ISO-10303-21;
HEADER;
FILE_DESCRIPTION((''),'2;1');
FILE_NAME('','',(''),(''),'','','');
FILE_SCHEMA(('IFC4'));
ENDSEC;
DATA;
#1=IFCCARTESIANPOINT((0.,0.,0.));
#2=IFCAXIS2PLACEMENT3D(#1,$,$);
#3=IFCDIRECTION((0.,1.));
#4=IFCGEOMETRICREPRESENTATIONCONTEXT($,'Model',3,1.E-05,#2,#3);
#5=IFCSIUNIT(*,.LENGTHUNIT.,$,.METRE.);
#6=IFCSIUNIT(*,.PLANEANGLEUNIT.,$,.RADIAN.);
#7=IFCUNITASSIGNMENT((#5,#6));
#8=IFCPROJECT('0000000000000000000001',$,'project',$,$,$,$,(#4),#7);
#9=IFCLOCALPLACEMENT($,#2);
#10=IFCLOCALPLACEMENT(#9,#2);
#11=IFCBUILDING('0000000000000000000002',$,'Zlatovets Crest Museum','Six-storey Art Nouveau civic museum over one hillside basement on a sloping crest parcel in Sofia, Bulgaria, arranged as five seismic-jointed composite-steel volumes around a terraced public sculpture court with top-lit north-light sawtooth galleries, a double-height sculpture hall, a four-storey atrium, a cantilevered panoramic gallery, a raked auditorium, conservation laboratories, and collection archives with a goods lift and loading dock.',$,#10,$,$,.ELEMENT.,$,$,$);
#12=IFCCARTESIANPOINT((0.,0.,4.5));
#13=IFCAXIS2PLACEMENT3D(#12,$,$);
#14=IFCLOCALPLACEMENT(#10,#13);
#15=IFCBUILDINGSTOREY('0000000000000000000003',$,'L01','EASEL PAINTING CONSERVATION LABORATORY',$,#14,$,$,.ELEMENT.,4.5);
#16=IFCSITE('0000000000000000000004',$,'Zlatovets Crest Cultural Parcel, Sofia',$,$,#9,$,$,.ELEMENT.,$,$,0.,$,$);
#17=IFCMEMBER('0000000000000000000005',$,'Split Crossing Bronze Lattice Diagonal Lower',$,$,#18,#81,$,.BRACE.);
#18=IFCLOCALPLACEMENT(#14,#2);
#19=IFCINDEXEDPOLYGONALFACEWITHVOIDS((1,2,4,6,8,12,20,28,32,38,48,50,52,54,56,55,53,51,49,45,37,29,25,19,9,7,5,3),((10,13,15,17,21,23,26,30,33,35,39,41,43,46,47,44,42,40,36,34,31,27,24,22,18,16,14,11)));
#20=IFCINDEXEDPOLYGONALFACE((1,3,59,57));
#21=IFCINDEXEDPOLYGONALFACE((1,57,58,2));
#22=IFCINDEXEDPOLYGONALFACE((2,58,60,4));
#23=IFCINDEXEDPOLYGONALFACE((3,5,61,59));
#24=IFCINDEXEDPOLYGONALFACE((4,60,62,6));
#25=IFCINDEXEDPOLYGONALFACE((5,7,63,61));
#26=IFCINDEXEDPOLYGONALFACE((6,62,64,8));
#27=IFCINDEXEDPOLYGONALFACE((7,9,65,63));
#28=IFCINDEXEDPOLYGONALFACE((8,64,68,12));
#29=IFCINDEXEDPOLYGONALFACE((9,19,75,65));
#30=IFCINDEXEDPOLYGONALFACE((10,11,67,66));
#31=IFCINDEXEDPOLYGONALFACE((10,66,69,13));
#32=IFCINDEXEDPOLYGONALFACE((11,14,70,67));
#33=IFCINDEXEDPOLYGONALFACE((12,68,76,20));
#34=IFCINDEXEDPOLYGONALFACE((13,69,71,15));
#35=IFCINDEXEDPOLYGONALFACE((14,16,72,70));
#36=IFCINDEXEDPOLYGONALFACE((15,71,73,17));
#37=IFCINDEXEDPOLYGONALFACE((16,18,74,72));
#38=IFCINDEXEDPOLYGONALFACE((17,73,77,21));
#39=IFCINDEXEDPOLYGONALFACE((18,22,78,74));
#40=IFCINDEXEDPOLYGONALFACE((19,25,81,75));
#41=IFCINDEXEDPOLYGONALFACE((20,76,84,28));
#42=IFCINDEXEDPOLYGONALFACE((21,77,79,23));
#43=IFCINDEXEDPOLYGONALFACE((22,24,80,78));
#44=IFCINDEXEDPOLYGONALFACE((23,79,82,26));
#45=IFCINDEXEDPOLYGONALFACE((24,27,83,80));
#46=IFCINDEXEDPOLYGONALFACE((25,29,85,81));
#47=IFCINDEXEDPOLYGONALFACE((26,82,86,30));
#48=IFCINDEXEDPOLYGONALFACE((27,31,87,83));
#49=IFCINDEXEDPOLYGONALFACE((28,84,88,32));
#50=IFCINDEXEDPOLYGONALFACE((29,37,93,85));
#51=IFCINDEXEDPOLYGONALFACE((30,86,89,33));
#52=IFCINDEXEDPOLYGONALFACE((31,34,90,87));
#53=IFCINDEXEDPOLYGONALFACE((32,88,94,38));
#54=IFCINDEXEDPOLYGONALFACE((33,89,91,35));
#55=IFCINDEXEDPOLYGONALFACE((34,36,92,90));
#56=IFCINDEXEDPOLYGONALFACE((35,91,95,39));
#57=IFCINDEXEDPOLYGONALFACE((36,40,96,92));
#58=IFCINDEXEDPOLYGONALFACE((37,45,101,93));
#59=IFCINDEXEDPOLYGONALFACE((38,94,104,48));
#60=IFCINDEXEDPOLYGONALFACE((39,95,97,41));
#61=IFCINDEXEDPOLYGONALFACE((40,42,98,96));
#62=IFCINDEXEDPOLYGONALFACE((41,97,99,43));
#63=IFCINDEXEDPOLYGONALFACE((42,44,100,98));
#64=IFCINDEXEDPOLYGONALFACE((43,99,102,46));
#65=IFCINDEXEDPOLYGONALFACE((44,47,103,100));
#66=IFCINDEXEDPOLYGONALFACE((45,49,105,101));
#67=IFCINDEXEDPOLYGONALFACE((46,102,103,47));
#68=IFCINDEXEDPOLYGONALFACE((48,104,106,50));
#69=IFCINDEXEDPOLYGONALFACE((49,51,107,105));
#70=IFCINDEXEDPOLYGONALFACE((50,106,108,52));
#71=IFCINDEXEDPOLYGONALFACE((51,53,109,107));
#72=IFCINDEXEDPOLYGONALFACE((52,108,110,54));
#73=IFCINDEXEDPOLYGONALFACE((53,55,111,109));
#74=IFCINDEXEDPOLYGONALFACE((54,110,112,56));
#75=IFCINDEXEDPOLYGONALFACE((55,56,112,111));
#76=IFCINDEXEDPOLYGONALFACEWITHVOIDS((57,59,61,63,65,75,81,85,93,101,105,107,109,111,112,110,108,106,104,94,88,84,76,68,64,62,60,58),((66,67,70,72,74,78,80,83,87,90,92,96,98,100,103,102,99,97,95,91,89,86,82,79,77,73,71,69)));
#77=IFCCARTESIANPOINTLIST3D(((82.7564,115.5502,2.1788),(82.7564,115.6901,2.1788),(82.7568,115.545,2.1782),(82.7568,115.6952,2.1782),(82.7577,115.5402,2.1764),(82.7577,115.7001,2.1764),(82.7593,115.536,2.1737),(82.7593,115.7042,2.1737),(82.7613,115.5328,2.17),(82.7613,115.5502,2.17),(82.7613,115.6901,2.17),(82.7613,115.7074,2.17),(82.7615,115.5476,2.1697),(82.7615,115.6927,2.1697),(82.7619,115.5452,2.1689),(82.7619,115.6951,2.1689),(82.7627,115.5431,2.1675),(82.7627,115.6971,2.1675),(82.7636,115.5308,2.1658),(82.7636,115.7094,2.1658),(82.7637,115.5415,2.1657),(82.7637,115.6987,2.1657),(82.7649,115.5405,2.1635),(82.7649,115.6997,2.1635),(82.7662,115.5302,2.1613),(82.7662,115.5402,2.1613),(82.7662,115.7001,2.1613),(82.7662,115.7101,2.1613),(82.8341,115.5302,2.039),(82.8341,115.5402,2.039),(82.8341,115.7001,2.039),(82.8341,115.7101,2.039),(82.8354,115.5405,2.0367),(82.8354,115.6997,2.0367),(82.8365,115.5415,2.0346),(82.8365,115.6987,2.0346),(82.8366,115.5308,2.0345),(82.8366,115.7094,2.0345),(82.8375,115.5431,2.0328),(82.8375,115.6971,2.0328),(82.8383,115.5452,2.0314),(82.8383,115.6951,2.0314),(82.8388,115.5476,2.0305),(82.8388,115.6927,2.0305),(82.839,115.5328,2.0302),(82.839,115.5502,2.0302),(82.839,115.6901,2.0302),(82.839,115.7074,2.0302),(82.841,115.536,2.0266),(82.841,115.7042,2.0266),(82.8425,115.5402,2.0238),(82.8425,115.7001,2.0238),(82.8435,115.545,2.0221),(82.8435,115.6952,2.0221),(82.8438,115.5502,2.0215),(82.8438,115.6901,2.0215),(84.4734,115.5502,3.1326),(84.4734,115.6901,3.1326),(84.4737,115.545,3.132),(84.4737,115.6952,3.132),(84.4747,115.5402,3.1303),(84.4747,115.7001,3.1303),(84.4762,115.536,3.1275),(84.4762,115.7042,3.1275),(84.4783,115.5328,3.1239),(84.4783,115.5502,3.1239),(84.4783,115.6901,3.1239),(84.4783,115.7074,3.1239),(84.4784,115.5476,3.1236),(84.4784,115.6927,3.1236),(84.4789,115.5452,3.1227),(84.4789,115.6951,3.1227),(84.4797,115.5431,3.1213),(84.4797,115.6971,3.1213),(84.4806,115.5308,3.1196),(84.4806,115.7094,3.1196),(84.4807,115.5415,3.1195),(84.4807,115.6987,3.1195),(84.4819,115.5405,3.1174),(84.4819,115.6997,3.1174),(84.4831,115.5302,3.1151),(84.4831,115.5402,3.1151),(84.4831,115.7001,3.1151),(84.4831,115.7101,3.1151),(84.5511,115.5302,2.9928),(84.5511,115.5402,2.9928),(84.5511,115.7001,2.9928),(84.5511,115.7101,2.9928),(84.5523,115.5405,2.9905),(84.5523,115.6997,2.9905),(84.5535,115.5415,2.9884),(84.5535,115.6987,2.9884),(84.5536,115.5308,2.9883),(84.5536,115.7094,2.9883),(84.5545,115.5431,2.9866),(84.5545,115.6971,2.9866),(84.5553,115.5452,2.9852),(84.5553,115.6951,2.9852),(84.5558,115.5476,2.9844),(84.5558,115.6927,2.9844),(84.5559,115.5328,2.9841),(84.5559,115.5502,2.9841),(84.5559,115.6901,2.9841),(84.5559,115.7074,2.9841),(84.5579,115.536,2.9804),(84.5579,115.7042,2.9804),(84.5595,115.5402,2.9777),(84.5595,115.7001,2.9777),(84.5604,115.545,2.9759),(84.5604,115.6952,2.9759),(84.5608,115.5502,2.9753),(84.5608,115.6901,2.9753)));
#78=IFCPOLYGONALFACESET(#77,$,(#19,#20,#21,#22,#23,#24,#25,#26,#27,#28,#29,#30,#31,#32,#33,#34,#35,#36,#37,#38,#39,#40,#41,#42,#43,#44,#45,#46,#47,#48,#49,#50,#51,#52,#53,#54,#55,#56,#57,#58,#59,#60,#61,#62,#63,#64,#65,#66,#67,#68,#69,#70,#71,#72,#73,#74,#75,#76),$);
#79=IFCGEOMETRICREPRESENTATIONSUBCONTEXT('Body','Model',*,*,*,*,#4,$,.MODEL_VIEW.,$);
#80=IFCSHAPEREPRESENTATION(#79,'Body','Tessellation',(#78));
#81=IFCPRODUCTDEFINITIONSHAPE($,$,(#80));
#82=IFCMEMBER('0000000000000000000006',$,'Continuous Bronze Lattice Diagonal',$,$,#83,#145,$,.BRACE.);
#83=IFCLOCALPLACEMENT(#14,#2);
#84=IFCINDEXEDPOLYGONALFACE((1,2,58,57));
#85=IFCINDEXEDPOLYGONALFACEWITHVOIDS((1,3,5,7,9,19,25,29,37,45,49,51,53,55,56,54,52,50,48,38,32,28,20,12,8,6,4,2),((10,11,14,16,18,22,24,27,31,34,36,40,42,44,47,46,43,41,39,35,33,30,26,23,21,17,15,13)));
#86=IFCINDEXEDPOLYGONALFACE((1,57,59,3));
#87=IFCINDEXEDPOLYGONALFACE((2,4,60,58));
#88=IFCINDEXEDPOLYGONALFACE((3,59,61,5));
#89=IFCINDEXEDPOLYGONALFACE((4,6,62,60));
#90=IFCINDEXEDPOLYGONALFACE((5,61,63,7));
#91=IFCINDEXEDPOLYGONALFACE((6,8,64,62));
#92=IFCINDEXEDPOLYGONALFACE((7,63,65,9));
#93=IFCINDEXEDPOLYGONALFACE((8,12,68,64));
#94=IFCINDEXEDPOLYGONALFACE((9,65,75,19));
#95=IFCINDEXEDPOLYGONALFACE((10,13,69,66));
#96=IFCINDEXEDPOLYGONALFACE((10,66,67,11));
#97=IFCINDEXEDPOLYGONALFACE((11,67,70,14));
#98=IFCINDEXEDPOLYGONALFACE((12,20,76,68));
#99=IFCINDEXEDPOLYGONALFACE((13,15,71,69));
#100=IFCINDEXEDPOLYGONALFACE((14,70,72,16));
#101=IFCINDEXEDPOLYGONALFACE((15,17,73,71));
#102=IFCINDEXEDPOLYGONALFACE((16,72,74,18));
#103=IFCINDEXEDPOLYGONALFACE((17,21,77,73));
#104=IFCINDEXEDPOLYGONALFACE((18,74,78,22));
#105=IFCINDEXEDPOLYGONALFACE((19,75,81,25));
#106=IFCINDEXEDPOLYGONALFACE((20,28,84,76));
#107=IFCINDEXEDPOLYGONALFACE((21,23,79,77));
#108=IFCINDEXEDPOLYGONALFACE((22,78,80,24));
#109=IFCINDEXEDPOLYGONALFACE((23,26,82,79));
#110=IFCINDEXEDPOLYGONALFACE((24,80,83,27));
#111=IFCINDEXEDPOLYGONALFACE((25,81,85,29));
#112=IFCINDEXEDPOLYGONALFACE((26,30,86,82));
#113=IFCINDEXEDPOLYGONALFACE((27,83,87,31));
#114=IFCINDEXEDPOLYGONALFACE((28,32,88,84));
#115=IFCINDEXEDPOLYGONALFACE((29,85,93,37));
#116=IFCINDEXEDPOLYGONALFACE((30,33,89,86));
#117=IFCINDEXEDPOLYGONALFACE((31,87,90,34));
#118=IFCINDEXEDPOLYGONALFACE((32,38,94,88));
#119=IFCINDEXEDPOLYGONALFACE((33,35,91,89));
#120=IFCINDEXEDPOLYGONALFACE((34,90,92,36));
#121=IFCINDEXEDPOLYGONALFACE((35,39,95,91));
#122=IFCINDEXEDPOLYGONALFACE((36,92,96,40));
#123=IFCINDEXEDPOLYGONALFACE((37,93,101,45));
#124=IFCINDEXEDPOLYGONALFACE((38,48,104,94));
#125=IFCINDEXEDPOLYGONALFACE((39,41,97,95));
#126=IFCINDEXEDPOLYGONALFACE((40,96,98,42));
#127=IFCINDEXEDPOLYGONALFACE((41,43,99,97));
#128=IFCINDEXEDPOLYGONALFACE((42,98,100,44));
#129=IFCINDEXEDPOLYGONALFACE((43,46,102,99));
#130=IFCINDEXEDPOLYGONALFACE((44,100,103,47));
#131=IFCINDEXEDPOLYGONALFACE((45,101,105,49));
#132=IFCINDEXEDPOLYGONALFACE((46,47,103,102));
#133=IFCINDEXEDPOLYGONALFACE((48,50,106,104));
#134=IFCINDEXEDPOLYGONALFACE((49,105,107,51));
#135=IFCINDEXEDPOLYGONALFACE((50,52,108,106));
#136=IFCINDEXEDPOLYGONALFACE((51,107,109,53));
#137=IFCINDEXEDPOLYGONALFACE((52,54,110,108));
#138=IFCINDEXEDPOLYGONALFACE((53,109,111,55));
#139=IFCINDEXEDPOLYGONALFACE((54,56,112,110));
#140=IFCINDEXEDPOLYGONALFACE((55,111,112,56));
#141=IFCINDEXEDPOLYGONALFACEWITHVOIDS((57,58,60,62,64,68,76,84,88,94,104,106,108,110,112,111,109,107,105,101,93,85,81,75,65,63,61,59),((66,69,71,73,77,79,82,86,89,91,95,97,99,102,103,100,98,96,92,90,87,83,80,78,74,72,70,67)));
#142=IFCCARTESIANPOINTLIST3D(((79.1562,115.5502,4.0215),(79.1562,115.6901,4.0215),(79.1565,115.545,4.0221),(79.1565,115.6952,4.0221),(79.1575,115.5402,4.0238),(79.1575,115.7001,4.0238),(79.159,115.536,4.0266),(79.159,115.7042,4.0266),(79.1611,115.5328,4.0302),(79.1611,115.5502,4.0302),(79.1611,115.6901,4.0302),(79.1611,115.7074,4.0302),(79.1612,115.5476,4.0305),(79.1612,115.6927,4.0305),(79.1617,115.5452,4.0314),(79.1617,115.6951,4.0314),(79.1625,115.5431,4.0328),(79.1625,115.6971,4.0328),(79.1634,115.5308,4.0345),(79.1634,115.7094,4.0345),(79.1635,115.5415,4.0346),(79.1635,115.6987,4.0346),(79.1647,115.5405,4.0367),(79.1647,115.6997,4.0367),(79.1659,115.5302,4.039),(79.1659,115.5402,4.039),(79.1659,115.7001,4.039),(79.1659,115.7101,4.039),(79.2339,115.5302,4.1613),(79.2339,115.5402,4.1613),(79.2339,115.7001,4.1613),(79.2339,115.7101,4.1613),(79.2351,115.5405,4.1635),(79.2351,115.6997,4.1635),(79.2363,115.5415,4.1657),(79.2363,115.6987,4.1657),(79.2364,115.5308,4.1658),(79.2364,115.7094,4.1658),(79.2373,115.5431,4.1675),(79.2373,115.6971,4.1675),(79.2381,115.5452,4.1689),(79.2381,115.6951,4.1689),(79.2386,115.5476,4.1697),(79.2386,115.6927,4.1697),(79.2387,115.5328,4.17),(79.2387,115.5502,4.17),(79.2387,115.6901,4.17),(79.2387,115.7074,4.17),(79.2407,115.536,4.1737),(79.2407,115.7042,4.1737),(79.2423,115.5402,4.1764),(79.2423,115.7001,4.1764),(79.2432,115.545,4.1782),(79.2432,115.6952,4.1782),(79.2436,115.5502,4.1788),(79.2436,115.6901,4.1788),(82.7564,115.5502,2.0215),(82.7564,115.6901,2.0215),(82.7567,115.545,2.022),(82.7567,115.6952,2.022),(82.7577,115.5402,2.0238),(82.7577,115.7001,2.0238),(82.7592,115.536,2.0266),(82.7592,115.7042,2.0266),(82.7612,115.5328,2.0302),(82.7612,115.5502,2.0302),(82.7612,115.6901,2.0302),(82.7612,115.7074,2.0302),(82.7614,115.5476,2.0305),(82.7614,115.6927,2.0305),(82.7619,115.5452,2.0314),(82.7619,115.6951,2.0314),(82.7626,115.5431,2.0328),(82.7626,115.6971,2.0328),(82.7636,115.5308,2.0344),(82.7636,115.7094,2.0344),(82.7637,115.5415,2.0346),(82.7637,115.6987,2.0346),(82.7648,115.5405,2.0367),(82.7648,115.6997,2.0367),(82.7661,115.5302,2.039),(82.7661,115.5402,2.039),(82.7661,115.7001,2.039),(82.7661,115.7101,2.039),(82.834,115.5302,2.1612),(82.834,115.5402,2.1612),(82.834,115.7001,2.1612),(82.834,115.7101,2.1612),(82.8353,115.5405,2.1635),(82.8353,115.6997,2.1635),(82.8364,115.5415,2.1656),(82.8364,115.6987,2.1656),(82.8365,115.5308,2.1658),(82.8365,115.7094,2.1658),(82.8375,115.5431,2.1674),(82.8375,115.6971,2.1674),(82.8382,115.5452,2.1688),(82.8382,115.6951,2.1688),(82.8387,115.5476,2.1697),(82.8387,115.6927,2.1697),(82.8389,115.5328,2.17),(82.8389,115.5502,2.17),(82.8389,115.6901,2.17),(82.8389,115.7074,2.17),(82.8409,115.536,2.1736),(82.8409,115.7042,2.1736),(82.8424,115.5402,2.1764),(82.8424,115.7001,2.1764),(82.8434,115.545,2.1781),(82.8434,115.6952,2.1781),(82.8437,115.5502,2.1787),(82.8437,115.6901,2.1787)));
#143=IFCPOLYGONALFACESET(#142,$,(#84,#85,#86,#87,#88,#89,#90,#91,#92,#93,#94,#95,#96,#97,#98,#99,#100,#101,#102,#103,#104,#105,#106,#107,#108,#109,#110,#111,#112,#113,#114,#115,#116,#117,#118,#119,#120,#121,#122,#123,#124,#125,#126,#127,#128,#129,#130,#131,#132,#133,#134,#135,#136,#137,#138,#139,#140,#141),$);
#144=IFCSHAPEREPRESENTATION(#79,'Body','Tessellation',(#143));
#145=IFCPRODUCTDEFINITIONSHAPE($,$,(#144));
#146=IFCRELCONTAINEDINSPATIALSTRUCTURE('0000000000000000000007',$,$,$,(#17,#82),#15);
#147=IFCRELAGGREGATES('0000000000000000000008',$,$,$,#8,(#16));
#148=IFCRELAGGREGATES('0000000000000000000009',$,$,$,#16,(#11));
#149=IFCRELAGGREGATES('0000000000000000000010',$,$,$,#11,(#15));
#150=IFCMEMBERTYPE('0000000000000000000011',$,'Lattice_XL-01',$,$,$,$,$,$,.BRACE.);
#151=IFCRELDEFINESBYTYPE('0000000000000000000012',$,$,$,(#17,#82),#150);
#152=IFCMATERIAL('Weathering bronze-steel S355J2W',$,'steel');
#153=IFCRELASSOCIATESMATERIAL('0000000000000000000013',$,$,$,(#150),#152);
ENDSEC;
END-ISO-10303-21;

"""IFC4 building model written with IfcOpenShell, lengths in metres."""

from ifc_helpers import new_model, si_unit, direction, frame, origin, origin_2d, place, context, subcontext, project, spatial, hollow_rectangle, extrude, material, material_profile, profile_set, type_object, element, save


model = new_model("IFC4")

# Units and contexts
model_context = context("Model", 3, precision=1e-05, world=origin(), true_north=direction((0.0, 1.0)))
body_context = subcontext(model_context, "Body", "Model", "MODEL_VIEW")
ifc_project = project(units=[si_unit("LENGTHUNIT", "METRE"), si_unit("PLANEANGLEUNIT", "RADIAN")], contexts=[model_context])

# Site, building, storey
site_placement = place(None, origin())
site = spatial("IfcSite", under=ifc_project, at=site_placement, Name="Zlatovets Crest Cultural Parcel, Sofia", CompositionType="ELEMENT", RefElevation=0.0)
building_placement = place(site_placement, origin())
building = spatial("IfcBuilding", under=site, at=building_placement, Name="Zlatovets Crest Museum", Description="Six-storey Art Nouveau civic museum over one hillside basement on a sloping crest parcel in Sofia, Bulgaria, arranged as five seismic-jointed composite-steel volumes around a terraced public sculpture court with top-lit north-light sawtooth galleries, a double-height sculpture hall, a four-storey atrium, a cantilevered panoramic gallery, a raked auditorium, conservation laboratories, and collection archives with a goods lift and loading dock.", CompositionType="ELEMENT")
storey_placement = place(building_placement, frame((0.0, 0.0, 4.5)))
storey = spatial("IfcBuildingStorey", under=building, at=storey_placement, Name="L01", Description="EASEL PAINTING CONSERVATION LABORATORY", CompositionType="ELEMENT", Elevation=4.5)

# Members
ifc_material_1 = material(Name="Weathering bronze-steel S355J2W", Category="steel")
ifc_material_profile_1 = material_profile(ifc_material_1, hollow_rectangle(XDim=0.1799, YDim=0.1799, WallThickness=0.01, InnerFilletRadius=0.01, OuterFilletRadius=0.02, at=origin_2d()), Name="SHS 180x180x10.0")
ifc_profile_set_1 = profile_set([ifc_material_profile_1], Name="Weathering bronze-steel S355J2W")
member_type_1 = type_object("IfcMemberType", Name="Lattice_XL-01", PredefinedType="BRACE", material=ifc_profile_set_1)
for number, where, z_axis, x_axis, name in (
    (1, (84.5171, 115.6201, 3.054), (-0.874169, 0.0, -0.485622), (0.0, -1.0, 0.0), "Split Crossing Bronze Lattice Diagonal Lower"),
):
    element("IfcMember", number, at=place(storey_placement, frame(where, z_axis=z_axis, x_axis=x_axis)), inside=storey, type_object=member_type_1, Name=name, PredefinedType="BRACE", context=body_context, shape_type="SweptSolid", body=[
        extrude(hollow_rectangle(XDim=0.1799, YDim=0.1799, WallThickness=0.01, InnerFilletRadius=0.01, OuterFilletRadius=0.02, at=origin_2d()), origin(), (0.0, 0.0, 1.0), 1.9641),
    ])
member_1_placement = place(storey_placement, frame((82.8, 115.6201, 2.1001), z_axis=(-0.874163, 0.0, 0.485633), x_axis=(0.0, -1.0, 0.0)))
element("IfcMember", 2, at=member_1_placement, inside=storey, type_object=member_type_1, Name="Continuous Bronze Lattice Diagonal", PredefinedType="BRACE", context=body_context, shape_type="SweptSolid", body=[
    extrude(hollow_rectangle(XDim=0.1799, YDim=0.1799, WallThickness=0.01, InnerFilletRadius=0.01, OuterFilletRadius=0.02, at=origin_2d()), origin(), (0.0, 0.0, 1.0), 4.1184),
])

save(model, "model.ifc")
